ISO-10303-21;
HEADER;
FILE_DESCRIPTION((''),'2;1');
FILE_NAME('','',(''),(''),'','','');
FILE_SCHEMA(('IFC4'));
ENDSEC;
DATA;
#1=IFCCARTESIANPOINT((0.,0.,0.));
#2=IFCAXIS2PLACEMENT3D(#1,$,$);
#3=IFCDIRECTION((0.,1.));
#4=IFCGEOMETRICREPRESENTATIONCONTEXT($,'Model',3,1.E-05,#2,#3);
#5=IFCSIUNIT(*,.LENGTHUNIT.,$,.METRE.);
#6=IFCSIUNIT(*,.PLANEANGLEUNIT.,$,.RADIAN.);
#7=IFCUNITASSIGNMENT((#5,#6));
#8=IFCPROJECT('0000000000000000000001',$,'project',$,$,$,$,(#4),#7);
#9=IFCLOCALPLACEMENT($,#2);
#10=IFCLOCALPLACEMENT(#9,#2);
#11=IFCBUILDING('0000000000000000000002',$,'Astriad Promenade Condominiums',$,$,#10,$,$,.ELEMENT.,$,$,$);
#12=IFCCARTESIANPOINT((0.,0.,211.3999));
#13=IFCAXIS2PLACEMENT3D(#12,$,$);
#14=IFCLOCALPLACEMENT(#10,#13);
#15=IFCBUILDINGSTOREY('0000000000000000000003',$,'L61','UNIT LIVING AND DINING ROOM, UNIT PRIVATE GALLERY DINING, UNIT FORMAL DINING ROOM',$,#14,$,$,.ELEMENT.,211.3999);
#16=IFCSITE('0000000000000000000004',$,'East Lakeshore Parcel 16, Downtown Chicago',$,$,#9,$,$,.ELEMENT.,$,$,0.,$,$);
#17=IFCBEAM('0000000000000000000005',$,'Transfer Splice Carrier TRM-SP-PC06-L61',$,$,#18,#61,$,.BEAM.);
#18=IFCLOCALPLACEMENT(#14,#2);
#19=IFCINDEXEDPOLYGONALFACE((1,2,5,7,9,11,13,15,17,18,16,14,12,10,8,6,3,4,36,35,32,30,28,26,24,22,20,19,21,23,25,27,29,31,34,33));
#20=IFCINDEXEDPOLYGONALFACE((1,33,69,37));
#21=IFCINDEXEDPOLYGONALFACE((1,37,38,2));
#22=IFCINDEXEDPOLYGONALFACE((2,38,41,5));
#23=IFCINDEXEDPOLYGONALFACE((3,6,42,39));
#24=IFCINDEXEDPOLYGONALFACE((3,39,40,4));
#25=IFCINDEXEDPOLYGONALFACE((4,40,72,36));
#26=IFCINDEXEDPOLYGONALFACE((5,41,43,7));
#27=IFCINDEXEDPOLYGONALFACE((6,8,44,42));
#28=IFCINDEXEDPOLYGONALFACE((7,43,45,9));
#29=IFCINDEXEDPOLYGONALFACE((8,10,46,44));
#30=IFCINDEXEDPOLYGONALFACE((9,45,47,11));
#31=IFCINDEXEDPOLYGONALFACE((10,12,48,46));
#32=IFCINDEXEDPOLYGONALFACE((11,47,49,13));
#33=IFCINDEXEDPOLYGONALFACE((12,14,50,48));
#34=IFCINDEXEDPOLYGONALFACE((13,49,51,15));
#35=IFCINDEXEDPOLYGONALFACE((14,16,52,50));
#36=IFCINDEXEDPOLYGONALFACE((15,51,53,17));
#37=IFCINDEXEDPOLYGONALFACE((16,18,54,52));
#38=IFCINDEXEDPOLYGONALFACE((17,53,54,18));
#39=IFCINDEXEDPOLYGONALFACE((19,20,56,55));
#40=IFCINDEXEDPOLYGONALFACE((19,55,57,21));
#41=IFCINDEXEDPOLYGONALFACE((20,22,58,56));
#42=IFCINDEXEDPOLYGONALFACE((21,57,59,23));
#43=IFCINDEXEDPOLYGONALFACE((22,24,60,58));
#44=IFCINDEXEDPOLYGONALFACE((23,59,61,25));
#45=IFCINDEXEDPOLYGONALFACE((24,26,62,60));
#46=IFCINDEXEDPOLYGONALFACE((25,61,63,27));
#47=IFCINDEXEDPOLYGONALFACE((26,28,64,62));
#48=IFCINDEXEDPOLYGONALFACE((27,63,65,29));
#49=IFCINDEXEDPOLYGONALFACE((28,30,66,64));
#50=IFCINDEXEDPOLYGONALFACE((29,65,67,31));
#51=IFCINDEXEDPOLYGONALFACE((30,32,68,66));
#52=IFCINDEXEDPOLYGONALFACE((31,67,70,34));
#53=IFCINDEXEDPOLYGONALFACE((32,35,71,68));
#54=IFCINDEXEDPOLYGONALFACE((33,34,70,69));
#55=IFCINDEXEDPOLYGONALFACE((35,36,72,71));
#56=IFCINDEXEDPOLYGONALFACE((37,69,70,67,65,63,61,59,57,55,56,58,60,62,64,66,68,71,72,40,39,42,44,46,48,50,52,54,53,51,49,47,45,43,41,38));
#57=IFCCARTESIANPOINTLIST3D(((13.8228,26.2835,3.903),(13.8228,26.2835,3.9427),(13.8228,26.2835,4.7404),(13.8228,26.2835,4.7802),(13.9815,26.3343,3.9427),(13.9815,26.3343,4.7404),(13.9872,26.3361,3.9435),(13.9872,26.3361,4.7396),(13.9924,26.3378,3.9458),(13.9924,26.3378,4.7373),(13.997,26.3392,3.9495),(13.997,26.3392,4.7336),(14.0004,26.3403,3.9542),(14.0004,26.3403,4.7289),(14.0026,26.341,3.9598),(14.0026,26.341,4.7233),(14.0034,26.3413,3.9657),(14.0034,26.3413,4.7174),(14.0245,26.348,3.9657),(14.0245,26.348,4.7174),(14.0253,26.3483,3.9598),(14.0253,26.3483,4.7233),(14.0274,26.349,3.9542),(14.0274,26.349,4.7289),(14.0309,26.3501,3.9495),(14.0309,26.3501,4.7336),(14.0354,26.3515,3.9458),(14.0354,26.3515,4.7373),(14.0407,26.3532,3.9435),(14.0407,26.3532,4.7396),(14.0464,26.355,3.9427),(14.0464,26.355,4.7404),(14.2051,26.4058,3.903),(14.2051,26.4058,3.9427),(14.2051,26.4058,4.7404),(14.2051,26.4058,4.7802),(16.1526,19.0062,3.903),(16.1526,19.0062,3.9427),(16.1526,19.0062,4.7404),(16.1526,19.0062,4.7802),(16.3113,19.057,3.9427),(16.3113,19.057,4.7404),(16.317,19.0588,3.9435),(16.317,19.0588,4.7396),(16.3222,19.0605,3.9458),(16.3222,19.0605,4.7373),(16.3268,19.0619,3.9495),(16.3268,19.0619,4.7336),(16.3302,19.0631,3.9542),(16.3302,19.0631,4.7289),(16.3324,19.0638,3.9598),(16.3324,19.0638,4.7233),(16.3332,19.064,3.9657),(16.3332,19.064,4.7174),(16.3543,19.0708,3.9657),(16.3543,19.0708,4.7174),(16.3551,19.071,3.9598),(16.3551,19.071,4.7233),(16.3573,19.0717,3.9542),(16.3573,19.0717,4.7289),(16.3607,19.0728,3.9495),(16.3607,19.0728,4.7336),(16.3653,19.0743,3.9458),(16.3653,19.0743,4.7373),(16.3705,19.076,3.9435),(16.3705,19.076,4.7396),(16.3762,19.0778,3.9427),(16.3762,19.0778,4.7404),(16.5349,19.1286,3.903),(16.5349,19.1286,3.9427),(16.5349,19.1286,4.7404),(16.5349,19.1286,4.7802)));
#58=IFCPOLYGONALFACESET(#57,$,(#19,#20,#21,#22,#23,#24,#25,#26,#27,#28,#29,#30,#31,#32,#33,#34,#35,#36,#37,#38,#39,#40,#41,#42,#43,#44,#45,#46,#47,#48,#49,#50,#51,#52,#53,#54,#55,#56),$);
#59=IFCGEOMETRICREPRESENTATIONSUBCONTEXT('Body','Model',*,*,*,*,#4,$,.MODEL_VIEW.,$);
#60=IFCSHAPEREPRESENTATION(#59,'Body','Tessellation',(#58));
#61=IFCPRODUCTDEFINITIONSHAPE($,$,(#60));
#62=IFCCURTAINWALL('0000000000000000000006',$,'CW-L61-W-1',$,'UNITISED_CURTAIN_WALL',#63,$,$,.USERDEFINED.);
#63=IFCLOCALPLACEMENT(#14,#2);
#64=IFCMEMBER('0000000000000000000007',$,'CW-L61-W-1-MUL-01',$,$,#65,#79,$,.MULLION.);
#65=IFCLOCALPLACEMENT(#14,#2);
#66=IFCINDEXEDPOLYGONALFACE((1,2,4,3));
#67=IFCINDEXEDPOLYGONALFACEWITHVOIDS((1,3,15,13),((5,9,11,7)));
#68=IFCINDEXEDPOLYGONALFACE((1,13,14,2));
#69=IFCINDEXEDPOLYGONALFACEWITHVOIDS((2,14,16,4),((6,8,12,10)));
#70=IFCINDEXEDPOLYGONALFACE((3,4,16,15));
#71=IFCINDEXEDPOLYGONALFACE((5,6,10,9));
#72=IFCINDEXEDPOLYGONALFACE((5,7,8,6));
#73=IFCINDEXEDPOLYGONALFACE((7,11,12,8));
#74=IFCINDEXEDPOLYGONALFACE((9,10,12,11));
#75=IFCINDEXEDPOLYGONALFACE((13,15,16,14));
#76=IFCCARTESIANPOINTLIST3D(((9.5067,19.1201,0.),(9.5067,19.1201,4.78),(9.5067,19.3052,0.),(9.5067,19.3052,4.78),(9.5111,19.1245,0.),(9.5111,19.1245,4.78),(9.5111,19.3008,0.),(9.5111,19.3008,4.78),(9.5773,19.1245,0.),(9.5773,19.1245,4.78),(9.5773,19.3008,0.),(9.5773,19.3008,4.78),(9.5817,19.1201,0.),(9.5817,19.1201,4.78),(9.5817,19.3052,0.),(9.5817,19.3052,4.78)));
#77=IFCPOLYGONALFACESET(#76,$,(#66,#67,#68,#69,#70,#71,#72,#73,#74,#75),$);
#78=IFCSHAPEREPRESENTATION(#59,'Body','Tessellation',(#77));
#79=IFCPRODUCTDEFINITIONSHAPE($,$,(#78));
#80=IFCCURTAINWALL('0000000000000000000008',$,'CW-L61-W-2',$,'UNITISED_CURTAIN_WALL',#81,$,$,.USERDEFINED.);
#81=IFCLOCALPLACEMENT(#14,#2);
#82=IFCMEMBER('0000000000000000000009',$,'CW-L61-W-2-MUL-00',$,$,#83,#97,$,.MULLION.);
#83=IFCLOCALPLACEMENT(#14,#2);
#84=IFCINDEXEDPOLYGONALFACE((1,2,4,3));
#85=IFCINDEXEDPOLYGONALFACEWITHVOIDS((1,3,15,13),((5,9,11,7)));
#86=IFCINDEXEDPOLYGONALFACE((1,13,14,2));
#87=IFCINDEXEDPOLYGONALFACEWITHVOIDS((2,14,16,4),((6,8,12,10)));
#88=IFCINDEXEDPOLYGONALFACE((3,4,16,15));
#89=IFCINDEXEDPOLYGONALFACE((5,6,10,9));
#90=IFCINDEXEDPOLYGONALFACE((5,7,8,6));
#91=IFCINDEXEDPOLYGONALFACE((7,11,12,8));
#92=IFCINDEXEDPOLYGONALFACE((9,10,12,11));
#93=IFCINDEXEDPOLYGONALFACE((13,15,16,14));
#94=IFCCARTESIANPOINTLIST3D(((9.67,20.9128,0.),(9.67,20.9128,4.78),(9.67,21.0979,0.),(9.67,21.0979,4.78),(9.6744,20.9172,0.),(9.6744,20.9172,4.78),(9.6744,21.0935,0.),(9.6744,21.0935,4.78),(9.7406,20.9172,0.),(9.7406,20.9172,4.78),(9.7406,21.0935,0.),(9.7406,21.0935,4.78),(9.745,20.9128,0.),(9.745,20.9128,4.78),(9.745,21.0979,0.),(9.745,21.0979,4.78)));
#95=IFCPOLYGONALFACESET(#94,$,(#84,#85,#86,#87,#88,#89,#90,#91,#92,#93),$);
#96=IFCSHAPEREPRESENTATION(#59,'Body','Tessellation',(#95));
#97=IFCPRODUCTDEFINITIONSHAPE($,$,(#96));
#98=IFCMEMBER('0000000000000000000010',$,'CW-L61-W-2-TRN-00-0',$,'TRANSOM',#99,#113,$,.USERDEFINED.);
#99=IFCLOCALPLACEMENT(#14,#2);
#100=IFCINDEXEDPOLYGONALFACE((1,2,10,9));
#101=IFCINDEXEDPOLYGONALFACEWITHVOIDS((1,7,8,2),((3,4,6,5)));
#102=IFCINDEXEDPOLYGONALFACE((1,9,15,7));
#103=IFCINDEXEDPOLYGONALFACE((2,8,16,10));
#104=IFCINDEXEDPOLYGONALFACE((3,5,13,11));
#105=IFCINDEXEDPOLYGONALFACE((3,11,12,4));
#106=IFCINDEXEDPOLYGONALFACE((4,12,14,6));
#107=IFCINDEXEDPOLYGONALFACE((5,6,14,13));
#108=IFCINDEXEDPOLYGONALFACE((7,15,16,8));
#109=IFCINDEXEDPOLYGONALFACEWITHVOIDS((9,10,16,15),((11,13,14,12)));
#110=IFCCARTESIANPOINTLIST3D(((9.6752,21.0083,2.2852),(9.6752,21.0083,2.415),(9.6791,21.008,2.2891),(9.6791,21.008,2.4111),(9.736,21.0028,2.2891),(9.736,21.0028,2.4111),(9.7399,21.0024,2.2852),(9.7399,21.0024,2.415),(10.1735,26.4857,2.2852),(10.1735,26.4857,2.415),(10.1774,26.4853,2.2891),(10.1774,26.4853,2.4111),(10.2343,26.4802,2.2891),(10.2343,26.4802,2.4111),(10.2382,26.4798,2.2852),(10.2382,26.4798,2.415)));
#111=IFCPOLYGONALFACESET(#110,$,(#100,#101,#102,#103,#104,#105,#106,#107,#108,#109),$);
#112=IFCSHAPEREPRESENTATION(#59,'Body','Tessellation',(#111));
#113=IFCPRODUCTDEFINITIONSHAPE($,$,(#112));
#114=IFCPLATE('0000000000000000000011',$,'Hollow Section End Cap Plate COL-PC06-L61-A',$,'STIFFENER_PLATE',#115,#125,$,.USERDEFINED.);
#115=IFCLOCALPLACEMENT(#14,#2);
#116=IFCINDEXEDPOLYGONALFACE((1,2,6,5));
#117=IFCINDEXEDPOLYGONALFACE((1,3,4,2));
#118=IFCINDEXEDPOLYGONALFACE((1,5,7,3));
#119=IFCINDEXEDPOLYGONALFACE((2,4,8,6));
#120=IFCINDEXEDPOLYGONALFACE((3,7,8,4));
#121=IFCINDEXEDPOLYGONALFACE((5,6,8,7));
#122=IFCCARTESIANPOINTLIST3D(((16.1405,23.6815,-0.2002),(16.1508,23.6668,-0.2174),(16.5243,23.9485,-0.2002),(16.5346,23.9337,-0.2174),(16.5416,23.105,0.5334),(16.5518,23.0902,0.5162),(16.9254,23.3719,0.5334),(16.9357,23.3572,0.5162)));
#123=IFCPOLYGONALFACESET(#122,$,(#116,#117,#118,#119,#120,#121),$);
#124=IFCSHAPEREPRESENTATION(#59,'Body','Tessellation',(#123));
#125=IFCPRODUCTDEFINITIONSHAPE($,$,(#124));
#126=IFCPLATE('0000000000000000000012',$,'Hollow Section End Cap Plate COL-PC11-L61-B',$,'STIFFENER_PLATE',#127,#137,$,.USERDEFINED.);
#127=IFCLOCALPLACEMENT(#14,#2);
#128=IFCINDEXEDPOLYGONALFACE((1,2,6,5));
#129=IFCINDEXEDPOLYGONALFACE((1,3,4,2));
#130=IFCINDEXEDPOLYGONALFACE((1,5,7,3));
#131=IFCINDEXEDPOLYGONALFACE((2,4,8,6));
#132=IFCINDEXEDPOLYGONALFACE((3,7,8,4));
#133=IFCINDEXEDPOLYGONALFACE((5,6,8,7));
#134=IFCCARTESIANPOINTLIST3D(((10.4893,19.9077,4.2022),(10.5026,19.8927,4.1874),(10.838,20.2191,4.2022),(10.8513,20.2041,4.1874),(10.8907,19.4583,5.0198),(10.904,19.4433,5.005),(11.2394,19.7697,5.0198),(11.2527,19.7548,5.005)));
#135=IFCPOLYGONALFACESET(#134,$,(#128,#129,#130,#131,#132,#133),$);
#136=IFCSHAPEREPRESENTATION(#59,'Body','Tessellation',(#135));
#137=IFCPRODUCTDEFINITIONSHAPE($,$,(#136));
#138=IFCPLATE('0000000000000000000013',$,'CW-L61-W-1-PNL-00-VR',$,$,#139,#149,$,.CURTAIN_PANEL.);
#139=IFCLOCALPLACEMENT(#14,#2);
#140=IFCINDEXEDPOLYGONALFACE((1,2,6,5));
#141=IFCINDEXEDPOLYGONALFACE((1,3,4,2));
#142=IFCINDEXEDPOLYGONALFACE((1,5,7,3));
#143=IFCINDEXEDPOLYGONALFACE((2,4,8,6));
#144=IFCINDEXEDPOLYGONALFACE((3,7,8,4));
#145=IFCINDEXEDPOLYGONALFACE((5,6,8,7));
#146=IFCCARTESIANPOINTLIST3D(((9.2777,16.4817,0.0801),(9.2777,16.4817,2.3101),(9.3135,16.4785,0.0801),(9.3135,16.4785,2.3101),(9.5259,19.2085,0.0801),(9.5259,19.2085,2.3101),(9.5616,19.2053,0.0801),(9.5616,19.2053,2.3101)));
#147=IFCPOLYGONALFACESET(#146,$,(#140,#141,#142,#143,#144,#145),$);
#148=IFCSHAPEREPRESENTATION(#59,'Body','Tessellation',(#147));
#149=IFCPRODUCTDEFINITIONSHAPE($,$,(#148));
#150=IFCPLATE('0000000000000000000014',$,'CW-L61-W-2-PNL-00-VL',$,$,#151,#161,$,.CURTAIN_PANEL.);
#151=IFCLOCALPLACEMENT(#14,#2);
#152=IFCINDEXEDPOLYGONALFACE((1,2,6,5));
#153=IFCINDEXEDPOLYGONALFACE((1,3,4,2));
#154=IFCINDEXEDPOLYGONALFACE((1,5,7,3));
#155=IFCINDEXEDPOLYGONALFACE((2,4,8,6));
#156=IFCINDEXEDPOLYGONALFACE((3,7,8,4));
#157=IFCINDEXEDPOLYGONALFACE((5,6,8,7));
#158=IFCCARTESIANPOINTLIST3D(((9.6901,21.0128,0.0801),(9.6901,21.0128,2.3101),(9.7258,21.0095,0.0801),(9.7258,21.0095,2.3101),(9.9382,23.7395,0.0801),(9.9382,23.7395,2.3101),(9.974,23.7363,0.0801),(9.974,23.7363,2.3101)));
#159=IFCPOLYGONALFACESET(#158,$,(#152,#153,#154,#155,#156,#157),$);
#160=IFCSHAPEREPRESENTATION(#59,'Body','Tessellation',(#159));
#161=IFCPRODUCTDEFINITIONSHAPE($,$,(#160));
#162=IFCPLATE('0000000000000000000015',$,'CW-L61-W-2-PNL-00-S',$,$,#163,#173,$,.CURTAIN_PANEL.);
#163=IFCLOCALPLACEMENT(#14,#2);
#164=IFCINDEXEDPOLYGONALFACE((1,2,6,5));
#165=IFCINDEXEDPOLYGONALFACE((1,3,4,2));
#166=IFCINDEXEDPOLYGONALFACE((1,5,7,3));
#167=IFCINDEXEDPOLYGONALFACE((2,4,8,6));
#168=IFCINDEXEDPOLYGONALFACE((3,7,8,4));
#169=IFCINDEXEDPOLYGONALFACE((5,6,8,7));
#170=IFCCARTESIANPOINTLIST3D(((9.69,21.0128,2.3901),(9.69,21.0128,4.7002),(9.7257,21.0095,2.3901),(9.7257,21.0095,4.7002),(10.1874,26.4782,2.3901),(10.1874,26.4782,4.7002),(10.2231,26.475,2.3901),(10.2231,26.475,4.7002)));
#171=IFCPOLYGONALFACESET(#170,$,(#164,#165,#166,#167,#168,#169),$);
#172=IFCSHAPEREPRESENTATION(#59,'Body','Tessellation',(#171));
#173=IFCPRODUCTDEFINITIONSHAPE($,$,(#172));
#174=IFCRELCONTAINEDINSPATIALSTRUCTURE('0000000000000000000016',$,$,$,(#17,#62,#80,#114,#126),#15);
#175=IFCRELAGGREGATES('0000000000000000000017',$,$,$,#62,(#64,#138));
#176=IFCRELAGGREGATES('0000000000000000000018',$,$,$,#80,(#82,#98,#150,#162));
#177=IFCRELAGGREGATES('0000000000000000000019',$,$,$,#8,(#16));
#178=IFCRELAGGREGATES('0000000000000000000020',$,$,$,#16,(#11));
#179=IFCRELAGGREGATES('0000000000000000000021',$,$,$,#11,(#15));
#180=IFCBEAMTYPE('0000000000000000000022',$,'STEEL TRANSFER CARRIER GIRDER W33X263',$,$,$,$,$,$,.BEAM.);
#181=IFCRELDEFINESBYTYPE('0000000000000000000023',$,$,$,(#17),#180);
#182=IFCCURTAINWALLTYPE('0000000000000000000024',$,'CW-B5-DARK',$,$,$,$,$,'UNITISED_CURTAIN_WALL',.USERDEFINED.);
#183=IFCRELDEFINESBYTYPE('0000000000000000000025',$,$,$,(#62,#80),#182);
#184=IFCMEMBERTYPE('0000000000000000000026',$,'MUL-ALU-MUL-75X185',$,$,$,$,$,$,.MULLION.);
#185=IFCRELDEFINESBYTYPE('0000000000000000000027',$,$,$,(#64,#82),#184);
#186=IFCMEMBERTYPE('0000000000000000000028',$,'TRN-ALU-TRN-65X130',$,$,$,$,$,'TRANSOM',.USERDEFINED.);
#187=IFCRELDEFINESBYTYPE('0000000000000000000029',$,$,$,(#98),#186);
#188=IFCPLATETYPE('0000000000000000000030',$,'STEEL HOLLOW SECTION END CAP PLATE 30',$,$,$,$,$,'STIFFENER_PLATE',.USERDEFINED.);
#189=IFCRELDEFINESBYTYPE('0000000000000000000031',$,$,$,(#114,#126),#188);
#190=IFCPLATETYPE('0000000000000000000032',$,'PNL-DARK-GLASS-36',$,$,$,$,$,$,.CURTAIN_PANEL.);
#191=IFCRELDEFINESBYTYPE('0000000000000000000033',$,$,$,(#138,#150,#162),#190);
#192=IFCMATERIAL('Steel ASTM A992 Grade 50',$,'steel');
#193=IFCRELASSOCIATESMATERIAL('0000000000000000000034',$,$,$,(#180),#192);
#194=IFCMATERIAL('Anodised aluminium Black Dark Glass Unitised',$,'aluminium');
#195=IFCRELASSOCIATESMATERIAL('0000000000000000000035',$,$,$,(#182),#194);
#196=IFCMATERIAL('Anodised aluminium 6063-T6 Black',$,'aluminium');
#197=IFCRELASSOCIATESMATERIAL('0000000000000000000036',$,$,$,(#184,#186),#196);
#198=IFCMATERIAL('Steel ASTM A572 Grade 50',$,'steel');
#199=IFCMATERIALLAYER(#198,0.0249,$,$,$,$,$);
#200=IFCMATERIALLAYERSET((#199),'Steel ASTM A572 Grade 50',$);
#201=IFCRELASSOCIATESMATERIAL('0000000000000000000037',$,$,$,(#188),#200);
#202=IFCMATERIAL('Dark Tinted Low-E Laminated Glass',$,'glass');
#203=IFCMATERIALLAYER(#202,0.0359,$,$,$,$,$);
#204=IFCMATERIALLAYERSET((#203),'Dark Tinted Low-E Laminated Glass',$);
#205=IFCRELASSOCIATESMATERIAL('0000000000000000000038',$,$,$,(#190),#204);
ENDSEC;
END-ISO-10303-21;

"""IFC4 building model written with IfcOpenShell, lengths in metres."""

from ifc_helpers import new_model, si_unit, direction, frame, origin, origin_2d, place, context, subcontext, project, spatial, rectangle, hollow_rectangle, i_section, extrude, source, transform, mapped, material, layer, layer_set, material_profile, profile_set, type_object, type_shapes, element, aggregate, save


model = new_model("IFC4")

# Units and contexts
model_context = context("Model", 3, precision=1e-05, world=origin(), true_north=direction((0.0, 1.0)))
body_context = subcontext(model_context, "Body", "Model", "MODEL_VIEW")
ifc_project = project(units=[si_unit("LENGTHUNIT", "METRE"), si_unit("PLANEANGLEUNIT", "RADIAN")], contexts=[model_context])

# Site, building, storey
site_placement = place(None, origin())
site = spatial("IfcSite", under=ifc_project, at=site_placement, Name="East Lakeshore Parcel 16, Downtown Chicago", CompositionType="ELEMENT", RefElevation=0.0)
building_placement = place(site_placement, origin())
building = spatial("IfcBuilding", under=site, at=building_placement, Name="Astriad Promenade Condominiums", CompositionType="ELEMENT")
storey_placement = place(building_placement, frame((0.0, 0.0, 211.3999)))
storey = spatial("IfcBuildingStorey", under=building, at=storey_placement, Name="L61", Description="UNIT LIVING AND DINING ROOM, UNIT PRIVATE GALLERY DINING, UNIT FORMAL DINING ROOM", CompositionType="ELEMENT", Elevation=211.3999)

# Shared definitions
ifc_material_1 = material(Name="Steel ASTM A992 Grade 50", Category="steel")

# Beam
ifc_material_profile_1 = material_profile(ifc_material_1, i_section(OverallWidth=0.4014, OverallDepth=0.8772, WebThickness=0.0222, FlangeThickness=0.0398, FilletRadius=0.0229, at=origin_2d()), Name="W33X263")
ifc_profile_set_1 = profile_set([ifc_material_profile_1], Name="Steel ASTM A992 Grade 50")
beam_type_1 = type_object("IfcBeamType", Name="STEEL TRANSFER CARRIER GIRDER W33X263", PredefinedType="BEAM", material=ifc_profile_set_1)
shared_shape_1 = source(origin(), body_context, "Body", "SweptSolid", [
    extrude(i_section(OverallWidth=0.4014, OverallDepth=0.8772, WebThickness=0.0222, FlangeThickness=0.0398, FilletRadius=0.0229, at=origin_2d()), origin(), (0.0, 0.0, 1.0), 7.6411),
])
type_shapes(beam_type_1, [shared_shape_1])
beam_1_placement = place(storey_placement, frame((16.3438, 19.0674, 4.3416), z_axis=(-0.304904, 0.952383, 0.0), x_axis=(-0.952383, -0.304904, 0.0)))
element("IfcBeam", 1, at=beam_1_placement, inside=storey, type_object=beam_type_1, Name="Transfer Splice Carrier TRM-SP-PC06-L61", PredefinedType="BEAM", context=body_context, shape_type="MappedRepresentation", body=[
    mapped(shared_shape_1, transform((0.0, 0.0, 0.0), scale=1.0)),
])

# Curtain wall, member
ifc_material_2 = material(Name="Anodised aluminium Black Dark Glass Unitised", Category="aluminium")
curtain_wall_type = type_object("IfcCurtainWallType", Name="CW-B5-DARK", ElementType="UNITISED_CURTAIN_WALL", PredefinedType="USERDEFINED", material=ifc_material_2)
curtain_wall_1_placement = place(storey_placement, origin())
curtain_wall_1 = element("IfcCurtainWall", 2, at=curtain_wall_1_placement, inside=storey, type_object=curtain_wall_type, Name="CW-L61-W-1", ObjectType="UNITISED_CURTAIN_WALL", PredefinedType="USERDEFINED")
ifc_material_3 = material(Name="Anodised aluminium 6063-T6 Black", Category="aluminium")
ifc_material_profile_2 = material_profile(ifc_material_3, hollow_rectangle(XDim=0.075, YDim=0.1851, WallThickness=0.0044, at=origin_2d()), Name="ALU-MUL-75X185")
ifc_profile_set_2 = profile_set([ifc_material_profile_2], Name="Anodised aluminium 6063-T6 Black")
member_type_1 = type_object("IfcMemberType", Name="MUL-ALU-MUL-75X185", PredefinedType="MULLION", material=ifc_profile_set_2)
shared_shape_2 = source(origin(), body_context, "Body", "SweptSolid", [
    extrude(hollow_rectangle(XDim=0.075, YDim=0.1851, WallThickness=0.0044, at=origin_2d()), origin(), (0.0, 0.0, 1.0), 4.78),
])
type_shapes(member_type_1, [shared_shape_2])
member_1_placement = place(storey_placement, frame((9.5442, 19.2126, 0.0), z_axis=(0.0, 0.0, 1.0), x_axis=(1.0, 0.0, 0.0)))
member_1 = element("IfcMember", 3, at=member_1_placement, type_object=member_type_1, Name="CW-L61-W-1-MUL-01", PredefinedType="MULLION", context=body_context, shape_type="MappedRepresentation", body=[
    mapped(shared_shape_2, transform((0.0, 0.0, 0.0), scale=1.0)),
])

# Curtain wall, members
curtain_wall_2_placement = place(storey_placement, origin())
curtain_wall_2 = element("IfcCurtainWall", 4, at=curtain_wall_2_placement, inside=storey, type_object=curtain_wall_type, Name="CW-L61-W-2", ObjectType="UNITISED_CURTAIN_WALL", PredefinedType="USERDEFINED")
member_2_placement = place(storey_placement, frame((9.7075, 21.0054, 0.0), z_axis=(0.0, 0.0, 1.0), x_axis=(1.0, 0.0, 0.0)))
member_2 = element("IfcMember", 5, at=member_2_placement, type_object=member_type_1, Name="CW-L61-W-2-MUL-00", PredefinedType="MULLION", context=body_context, shape_type="MappedRepresentation", body=[
    mapped(shared_shape_2, transform((0.0, 0.0, 0.0), scale=1.0)),
])
ifc_material_profile_3 = material_profile(ifc_material_3, hollow_rectangle(XDim=0.0649, YDim=0.1299, WallThickness=0.0039, at=origin_2d()), Name="ALU-TRN-65X130")
ifc_profile_set_3 = profile_set([ifc_material_profile_3], Name="Anodised aluminium 6063-T6 Black")
member_type_2 = type_object("IfcMemberType", Name="TRN-ALU-TRN-65X130", ElementType="TRANSOM", PredefinedType="USERDEFINED", material=ifc_profile_set_3)
shared_shape_3 = source(origin(), body_context, "Body", "SweptSolid", [
    extrude(hollow_rectangle(XDim=0.0649, YDim=0.1299, WallThickness=0.0039, at=origin_2d()), origin(), (0.0, 0.0, 1.0), 5.5),
])
type_shapes(member_type_2, [shared_shape_3])
member_3_placement = place(storey_placement, frame((9.7075, 21.0054, 2.3501), z_axis=(0.0906, 0.995887, 0.0), x_axis=(-0.995887, 0.0906, 0.0)))
member_3 = element("IfcMember", 6, at=member_3_placement, type_object=member_type_2, Name="CW-L61-W-2-TRN-00-0", ObjectType="TRANSOM", PredefinedType="USERDEFINED", context=body_context, shape_type="MappedRepresentation", body=[
    mapped(shared_shape_3, transform((0.0, 0.0, 0.0), scale=1.0)),
])

# Plates
ifc_material_4 = material(Name="Steel ASTM A572 Grade 50", Category="steel")
ifc_layer_1 = layer(ifc_material_4, 0.0249)
ifc_layer_set_1 = layer_set([ifc_layer_1], Name="Steel ASTM A572 Grade 50")
plate_type_1 = type_object("IfcPlateType", Name="STEEL HOLLOW SECTION END CAP PLATE 30", ElementType="STIFFENER_PLATE", PredefinedType="USERDEFINED", material=ifc_layer_set_1)
shared_shape_4 = source(origin(), body_context, "Body", "SweptSolid", [
    extrude(rectangle(XDim=0.4675, YDim=1.0156, at=origin_2d()), origin(), (0.0, 0.0, 1.0), 0.0249),
])
type_shapes(plate_type_1, [shared_shape_4])
for number, where, z_axis, x_axis, name in (
    (7, (16.5432, 23.512, 0.1494), (-0.412471, 0.592979, 0.691552), (-0.820928, -0.571031, 0.0), "Hollow Section End Cap Plate COL-PC06-L61-A"),
    (8, (10.8777, 19.8237, 4.5962), (-0.536244, 0.600389, 0.593275), (-0.745825, -0.666142, 0.0), "Hollow Section End Cap Plate COL-PC11-L61-B"),
):
    element("IfcPlate", number, at=place(storey_placement, frame(where, z_axis=z_axis, x_axis=x_axis)), inside=storey, type_object=plate_type_1, Name=name, ObjectType="STIFFENER_PLATE", PredefinedType="USERDEFINED", context=body_context, shape_type="MappedRepresentation", body=[
        mapped(shared_shape_4, transform((0.0, 0.0, 0.0), scale=1.0)),
    ])

# Plates
ifc_material_5 = material(Name="Dark Tinted Low-E Laminated Glass", Category="glass")
ifc_layer_2 = layer(ifc_material_5, 0.0359)
ifc_layer_set_2 = layer_set([ifc_layer_2], Name="Dark Tinted Low-E Laminated Glass")
plate_type_2 = type_object("IfcPlateType", Name="PNL-DARK-GLASS-36", PredefinedType="CURTAIN_PANEL", material=ifc_layer_set_2)
shared_shape_5 = source(origin(), body_context, "Body", "SweptSolid", [
    extrude(rectangle(XDim=2.738, YDim=0.0359, at=origin_2d()), origin(), (0.0, 0.0, 1.0), 2.23),
])
plate_1_placement = place(storey_placement, frame((9.4197, 17.8435, 0.0801), z_axis=(0.0, 0.0, 1.0), x_axis=(0.090633, 0.995884, 0.0)))
plate_1 = element("IfcPlate", 9, at=plate_1_placement, type_object=plate_type_2, Name="CW-L61-W-1-PNL-00-VR", PredefinedType="CURTAIN_PANEL", context=body_context, shape_type="MappedRepresentation", body=[
    mapped(shared_shape_5, transform((0.0, 0.0, 0.0), scale=1.0)),
])
aggregate(curtain_wall_1, [member_1, plate_1])
plate_2_placement = place(storey_placement, frame((9.832, 22.3745, 0.0801), z_axis=(0.0, 0.0, 1.0), x_axis=(0.090633, 0.995884, 0.0)))
plate_2 = element("IfcPlate", 10, at=plate_2_placement, type_object=plate_type_2, Name="CW-L61-W-2-PNL-00-VL", PredefinedType="CURTAIN_PANEL", context=body_context, shape_type="MappedRepresentation", body=[
    mapped(shared_shape_5, transform((0.0, 0.0, 0.0), scale=1.0)),
])
shared_shape_6 = source(origin(), body_context, "Body", "SweptSolid", [
    extrude(rectangle(XDim=5.488, YDim=0.0359, at=origin_2d()), origin(), (0.0, 0.0, 1.0), 2.3101),
])
type_shapes(plate_type_2, [shared_shape_5, shared_shape_6])
plate_3_placement = place(storey_placement, frame((9.9565, 23.7439, 2.3901), z_axis=(0.0, 0.0, 1.0), x_axis=(0.090633, 0.995884, 0.0)))
plate_3 = element("IfcPlate", 11, at=plate_3_placement, type_object=plate_type_2, Name="CW-L61-W-2-PNL-00-S", PredefinedType="CURTAIN_PANEL", context=body_context, shape_type="MappedRepresentation", body=[
    mapped(shared_shape_6, transform((0.0, 0.0, 0.0), scale=1.0)),
])
aggregate(curtain_wall_2, [member_2, member_3, plate_2, plate_3])

save(model, "model.ifc")
